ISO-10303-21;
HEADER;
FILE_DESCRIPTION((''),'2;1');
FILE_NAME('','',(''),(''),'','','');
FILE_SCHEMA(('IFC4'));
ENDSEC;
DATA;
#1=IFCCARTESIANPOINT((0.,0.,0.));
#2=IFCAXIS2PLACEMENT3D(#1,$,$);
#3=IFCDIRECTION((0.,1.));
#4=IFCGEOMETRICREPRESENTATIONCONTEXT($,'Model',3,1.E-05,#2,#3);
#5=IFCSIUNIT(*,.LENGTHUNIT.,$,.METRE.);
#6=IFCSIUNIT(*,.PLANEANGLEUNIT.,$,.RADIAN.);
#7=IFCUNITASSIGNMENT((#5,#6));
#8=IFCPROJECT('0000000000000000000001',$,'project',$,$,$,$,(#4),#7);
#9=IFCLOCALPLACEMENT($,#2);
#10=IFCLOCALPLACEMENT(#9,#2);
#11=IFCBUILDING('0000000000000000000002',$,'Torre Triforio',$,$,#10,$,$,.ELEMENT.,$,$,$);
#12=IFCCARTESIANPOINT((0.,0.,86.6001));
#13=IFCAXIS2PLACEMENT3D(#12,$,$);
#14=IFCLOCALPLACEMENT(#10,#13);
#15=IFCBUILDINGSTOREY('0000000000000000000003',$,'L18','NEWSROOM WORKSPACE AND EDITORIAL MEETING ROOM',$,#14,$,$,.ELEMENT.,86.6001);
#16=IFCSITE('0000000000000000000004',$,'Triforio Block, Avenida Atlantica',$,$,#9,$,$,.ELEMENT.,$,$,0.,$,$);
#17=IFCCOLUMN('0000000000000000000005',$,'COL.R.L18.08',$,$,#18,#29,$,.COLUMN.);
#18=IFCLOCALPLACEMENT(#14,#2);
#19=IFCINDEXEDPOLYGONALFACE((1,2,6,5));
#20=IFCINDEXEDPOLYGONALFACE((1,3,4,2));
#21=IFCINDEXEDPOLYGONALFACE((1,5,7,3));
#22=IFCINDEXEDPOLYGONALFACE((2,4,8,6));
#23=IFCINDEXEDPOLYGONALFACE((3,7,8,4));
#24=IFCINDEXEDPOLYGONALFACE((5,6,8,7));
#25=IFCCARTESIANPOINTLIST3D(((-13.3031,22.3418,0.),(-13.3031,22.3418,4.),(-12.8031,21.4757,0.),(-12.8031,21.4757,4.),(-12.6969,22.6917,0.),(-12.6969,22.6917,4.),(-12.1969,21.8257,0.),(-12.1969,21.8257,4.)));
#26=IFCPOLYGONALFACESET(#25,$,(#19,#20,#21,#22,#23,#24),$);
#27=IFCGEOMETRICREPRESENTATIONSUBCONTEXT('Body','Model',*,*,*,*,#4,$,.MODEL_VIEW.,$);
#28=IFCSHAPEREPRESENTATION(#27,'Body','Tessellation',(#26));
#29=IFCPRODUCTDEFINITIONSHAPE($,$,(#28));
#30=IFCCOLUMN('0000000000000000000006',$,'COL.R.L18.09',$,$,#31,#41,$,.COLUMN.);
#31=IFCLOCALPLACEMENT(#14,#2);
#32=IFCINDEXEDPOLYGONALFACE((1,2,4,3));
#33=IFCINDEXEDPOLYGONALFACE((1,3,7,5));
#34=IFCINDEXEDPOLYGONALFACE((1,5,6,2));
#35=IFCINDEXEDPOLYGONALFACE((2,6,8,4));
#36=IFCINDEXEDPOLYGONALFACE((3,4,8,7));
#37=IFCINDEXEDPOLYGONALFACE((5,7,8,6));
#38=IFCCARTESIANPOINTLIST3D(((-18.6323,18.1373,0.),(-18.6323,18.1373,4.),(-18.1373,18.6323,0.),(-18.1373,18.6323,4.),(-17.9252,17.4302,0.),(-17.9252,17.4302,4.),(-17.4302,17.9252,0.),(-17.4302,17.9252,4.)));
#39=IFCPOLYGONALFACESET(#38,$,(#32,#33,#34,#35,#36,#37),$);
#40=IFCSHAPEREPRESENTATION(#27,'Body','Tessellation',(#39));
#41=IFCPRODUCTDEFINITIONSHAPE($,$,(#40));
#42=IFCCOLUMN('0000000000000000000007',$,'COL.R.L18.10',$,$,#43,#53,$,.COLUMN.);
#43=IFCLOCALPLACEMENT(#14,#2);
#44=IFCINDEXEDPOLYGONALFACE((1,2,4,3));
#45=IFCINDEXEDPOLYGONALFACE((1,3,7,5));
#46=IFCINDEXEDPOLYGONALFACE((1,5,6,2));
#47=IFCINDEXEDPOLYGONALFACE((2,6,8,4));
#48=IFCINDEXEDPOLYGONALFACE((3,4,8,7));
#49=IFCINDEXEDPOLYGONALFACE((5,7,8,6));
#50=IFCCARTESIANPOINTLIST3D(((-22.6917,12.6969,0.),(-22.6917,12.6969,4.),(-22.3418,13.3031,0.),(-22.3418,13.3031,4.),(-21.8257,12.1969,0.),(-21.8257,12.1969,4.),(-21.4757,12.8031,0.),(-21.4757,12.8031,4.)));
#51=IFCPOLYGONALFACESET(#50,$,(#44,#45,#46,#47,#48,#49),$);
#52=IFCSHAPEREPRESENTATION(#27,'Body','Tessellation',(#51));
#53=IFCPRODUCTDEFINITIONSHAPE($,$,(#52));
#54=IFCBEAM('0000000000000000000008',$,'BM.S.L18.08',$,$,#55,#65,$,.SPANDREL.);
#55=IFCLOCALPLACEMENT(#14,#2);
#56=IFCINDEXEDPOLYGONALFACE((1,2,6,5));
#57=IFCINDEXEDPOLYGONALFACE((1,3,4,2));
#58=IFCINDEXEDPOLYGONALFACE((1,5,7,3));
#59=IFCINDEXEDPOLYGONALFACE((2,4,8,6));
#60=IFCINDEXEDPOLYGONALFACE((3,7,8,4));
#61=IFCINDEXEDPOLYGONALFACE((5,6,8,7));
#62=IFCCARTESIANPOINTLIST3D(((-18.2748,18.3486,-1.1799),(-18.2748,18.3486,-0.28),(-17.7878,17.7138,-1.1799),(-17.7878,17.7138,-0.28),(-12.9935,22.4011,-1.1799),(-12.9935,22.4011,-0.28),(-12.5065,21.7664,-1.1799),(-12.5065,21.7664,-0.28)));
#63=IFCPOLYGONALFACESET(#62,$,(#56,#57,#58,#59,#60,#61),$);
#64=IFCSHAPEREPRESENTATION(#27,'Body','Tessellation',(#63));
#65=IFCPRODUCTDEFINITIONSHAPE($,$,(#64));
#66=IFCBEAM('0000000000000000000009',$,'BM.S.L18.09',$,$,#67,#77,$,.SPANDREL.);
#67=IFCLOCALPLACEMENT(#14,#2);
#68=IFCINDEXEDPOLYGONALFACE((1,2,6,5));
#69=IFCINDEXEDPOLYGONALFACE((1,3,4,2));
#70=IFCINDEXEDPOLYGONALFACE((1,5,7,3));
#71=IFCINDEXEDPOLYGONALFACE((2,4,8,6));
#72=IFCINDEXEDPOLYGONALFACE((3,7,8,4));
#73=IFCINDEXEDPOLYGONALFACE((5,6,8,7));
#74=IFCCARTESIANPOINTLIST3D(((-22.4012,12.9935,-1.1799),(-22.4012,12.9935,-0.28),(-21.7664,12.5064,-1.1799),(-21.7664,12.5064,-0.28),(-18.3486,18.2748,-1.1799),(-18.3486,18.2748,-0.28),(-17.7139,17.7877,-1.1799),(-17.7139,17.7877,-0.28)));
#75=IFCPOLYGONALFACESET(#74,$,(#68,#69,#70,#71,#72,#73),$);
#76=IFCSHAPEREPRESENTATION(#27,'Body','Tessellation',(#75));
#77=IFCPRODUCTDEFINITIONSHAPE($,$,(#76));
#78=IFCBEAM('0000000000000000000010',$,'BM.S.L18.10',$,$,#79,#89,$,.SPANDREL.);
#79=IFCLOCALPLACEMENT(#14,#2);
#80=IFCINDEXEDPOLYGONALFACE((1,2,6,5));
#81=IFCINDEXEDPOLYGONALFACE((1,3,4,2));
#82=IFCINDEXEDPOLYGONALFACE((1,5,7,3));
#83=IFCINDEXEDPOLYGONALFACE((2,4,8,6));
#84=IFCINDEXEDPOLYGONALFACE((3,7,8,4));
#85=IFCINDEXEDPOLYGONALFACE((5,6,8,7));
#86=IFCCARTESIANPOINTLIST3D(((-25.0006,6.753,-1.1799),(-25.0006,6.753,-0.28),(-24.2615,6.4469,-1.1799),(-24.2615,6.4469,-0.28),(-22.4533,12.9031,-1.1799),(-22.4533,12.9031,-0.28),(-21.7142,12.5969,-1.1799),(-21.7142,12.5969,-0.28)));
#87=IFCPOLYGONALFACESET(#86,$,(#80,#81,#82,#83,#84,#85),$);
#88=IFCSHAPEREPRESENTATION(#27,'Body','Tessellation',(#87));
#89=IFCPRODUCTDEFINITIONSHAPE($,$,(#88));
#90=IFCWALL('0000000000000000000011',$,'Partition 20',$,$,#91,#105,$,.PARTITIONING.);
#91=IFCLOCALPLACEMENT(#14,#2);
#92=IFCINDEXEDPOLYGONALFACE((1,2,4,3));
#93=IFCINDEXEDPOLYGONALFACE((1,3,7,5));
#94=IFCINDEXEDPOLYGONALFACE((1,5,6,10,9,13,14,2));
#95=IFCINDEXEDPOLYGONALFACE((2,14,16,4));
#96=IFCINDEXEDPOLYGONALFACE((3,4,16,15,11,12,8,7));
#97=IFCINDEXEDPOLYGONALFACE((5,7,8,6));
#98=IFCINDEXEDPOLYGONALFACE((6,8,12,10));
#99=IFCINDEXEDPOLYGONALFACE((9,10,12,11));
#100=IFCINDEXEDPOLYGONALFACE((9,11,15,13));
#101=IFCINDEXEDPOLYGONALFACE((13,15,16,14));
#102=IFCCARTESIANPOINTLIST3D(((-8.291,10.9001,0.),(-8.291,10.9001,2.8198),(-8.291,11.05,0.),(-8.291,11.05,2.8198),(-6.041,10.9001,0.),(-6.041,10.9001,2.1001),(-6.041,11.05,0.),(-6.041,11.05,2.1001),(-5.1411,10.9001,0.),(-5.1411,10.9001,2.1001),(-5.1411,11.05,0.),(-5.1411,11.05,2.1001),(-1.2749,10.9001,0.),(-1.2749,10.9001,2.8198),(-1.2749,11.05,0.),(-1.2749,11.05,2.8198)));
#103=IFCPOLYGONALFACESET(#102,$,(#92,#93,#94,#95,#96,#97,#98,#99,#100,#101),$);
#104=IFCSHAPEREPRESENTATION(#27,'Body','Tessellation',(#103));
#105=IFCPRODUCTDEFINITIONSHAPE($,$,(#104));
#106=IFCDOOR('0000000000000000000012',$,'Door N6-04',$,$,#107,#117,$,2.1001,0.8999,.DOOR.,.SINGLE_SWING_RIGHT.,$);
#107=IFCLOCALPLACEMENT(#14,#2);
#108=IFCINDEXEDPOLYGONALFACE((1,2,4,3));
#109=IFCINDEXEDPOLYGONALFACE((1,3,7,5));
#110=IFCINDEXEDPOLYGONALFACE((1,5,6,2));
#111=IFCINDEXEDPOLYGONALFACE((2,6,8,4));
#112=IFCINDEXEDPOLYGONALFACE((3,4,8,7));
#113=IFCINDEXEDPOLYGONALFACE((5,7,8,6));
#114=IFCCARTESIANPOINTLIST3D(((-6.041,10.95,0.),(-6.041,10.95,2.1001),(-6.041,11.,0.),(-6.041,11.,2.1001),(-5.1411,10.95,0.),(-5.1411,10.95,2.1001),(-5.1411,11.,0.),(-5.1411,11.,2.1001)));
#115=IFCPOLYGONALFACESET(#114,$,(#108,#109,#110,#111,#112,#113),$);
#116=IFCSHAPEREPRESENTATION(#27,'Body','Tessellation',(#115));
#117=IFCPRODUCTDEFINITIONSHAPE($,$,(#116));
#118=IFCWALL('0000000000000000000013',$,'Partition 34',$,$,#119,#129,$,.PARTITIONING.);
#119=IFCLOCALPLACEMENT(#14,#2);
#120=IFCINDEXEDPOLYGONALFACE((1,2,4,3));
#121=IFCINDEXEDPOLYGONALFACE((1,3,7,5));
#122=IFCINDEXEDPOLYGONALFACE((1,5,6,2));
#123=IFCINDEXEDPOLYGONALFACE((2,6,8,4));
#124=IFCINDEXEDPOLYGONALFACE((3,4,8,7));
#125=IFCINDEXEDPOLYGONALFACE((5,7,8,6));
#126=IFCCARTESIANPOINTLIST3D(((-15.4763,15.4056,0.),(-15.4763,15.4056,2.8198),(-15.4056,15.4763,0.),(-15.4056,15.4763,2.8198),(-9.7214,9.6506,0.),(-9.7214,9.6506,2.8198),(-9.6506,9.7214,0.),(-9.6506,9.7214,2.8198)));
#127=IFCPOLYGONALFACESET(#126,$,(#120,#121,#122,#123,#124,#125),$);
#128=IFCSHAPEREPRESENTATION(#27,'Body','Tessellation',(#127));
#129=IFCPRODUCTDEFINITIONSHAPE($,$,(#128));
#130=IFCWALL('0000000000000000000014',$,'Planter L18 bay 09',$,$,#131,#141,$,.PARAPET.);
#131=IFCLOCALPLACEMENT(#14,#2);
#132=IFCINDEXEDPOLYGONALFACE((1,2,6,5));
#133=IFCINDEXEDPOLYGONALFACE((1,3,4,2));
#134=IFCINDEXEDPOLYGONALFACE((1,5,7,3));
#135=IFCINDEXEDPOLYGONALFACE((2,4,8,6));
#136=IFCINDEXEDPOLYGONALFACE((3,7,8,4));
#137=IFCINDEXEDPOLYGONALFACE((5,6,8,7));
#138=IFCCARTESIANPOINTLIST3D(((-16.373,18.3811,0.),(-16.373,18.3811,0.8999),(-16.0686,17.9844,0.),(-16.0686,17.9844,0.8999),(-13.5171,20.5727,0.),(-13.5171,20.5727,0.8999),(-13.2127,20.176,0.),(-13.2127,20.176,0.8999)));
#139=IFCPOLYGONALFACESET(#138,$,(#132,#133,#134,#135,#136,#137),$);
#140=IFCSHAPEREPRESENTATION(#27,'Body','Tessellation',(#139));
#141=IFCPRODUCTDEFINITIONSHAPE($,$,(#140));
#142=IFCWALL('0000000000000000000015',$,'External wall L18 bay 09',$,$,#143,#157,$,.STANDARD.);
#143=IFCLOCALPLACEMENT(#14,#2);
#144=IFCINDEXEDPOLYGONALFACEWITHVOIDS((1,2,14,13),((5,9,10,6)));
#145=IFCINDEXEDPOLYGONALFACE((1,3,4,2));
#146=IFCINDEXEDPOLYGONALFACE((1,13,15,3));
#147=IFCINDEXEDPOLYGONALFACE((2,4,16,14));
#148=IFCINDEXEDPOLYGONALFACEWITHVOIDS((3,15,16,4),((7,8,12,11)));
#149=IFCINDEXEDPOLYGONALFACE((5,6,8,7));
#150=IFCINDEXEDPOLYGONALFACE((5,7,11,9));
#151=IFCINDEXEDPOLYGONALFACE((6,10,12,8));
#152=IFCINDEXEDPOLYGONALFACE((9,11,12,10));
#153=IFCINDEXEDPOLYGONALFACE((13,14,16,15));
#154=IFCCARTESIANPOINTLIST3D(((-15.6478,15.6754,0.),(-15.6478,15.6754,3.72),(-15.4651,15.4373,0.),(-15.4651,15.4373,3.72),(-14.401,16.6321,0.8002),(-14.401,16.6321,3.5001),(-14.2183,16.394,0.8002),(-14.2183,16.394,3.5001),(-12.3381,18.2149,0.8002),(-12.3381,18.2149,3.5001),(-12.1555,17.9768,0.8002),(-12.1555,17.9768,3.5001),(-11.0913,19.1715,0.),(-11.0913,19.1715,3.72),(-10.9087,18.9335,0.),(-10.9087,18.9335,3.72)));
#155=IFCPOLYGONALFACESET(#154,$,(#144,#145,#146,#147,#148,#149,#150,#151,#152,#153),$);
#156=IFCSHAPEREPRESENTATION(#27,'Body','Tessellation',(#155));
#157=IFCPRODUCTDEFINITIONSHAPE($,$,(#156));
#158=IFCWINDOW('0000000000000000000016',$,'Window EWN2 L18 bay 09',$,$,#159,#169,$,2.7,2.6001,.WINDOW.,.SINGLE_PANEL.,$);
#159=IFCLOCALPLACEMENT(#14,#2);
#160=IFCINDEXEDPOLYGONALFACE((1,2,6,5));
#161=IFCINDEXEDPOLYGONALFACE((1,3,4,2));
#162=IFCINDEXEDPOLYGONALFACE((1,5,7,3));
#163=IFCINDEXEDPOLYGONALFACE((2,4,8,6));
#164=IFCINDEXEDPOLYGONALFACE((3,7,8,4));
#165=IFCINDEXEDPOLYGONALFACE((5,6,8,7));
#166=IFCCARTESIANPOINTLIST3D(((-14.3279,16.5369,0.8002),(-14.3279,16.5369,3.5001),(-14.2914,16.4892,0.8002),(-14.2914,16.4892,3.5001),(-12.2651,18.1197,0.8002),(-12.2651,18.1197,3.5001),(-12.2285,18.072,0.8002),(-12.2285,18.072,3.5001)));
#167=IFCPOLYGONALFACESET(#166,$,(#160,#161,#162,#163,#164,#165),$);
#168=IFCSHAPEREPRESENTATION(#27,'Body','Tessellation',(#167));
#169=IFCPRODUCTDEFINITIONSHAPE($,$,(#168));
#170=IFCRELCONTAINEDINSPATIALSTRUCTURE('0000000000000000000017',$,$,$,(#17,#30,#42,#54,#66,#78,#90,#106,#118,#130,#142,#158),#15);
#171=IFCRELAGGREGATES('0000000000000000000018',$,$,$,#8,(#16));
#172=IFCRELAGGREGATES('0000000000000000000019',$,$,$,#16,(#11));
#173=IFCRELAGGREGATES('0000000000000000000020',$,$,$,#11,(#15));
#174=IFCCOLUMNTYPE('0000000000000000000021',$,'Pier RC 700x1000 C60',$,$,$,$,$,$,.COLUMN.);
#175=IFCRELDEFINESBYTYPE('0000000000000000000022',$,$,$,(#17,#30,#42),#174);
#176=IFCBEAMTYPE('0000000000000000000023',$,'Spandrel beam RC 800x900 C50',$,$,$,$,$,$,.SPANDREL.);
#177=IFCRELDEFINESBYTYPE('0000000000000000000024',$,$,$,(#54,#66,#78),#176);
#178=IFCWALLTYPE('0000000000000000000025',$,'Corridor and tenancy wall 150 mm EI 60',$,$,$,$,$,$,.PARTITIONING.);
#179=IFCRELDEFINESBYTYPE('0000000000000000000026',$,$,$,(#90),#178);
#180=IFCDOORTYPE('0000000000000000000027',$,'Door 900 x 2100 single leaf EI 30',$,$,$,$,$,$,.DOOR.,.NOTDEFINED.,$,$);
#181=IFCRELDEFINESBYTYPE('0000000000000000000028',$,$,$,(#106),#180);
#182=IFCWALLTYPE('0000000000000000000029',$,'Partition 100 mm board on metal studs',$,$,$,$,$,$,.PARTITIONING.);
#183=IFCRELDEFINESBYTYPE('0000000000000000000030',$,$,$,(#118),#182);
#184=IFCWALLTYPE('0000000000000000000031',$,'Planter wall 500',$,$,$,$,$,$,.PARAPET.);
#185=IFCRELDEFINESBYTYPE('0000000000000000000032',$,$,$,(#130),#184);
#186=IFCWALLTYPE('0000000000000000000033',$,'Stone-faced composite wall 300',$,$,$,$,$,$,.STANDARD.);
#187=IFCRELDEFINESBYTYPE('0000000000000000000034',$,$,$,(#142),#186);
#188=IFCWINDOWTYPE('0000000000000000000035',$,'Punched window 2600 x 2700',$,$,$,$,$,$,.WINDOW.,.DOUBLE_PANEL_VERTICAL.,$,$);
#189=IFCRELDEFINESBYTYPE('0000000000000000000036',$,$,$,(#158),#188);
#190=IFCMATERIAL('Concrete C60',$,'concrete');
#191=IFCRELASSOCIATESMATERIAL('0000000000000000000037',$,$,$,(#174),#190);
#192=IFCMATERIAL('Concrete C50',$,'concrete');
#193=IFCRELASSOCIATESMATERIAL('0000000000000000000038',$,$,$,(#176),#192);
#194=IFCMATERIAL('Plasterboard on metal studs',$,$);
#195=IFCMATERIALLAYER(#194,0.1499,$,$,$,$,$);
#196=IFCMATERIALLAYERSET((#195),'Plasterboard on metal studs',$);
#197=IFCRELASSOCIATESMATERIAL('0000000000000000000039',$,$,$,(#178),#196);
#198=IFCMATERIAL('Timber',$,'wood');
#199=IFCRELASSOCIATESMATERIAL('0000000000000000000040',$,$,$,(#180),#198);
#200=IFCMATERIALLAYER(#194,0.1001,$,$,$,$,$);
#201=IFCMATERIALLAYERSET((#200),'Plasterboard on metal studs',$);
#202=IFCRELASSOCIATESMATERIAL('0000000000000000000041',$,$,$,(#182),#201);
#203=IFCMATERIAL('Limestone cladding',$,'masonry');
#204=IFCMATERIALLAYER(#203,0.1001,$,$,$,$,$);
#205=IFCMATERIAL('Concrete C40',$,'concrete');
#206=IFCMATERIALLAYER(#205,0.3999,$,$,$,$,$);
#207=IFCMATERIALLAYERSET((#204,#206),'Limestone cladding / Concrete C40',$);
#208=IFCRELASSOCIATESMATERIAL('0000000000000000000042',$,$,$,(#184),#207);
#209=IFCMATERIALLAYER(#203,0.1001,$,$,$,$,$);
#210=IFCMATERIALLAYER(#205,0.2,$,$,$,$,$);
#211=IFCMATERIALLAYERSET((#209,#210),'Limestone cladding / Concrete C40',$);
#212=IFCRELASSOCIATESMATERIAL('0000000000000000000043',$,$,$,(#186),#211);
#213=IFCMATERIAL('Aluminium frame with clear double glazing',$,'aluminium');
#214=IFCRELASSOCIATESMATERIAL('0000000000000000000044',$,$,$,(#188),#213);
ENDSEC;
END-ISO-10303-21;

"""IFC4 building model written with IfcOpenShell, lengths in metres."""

from ifc_helpers import new_model, si_unit, direction, frame, frame_2d, origin, origin_2d, place, context, subcontext, project, spatial, rectangle, extrude, material, layer, layer_set, material_profile, profile_set, type_object, element, fill, save


model = new_model("IFC4")

# Units and contexts
model_context = context("Model", 3, precision=1e-05, world=origin(), true_north=direction((0.0, 1.0)))
body_context = subcontext(model_context, "Body", "Model", "MODEL_VIEW")
ifc_project = project(units=[si_unit("LENGTHUNIT", "METRE"), si_unit("PLANEANGLEUNIT", "RADIAN")], contexts=[model_context])

# Site, building, storey
site_placement = place(None, origin())
site = spatial("IfcSite", under=ifc_project, at=site_placement, Name="Triforio Block, Avenida Atlantica", CompositionType="ELEMENT", RefElevation=0.0)
building_placement = place(site_placement, origin())
building = spatial("IfcBuilding", under=site, at=building_placement, Name="Torre Triforio", CompositionType="ELEMENT")
storey_placement = place(building_placement, frame((0.0, 0.0, 86.6001)))
storey = spatial("IfcBuildingStorey", under=building, at=storey_placement, Name="L18", Description="NEWSROOM WORKSPACE AND EDITORIAL MEETING ROOM", CompositionType="ELEMENT", Elevation=86.6001)

# Columns
ifc_material_1 = material(Name="Concrete C60", Category="concrete")
ifc_material_profile_1 = material_profile(ifc_material_1, rectangle(XDim=0.7, YDim=1.0, at=origin_2d()), Name="RC 700x1000")
ifc_profile_set_1 = profile_set([ifc_material_profile_1], Name="Concrete C60")
column_type = type_object("IfcColumnType", Name="Pier RC 700x1000 C60", PredefinedType="COLUMN", material=ifc_profile_set_1)
for number, where, z_axis, x_axis, name in (
    (1, (-12.75, 22.0837, 0.0), (0.0, 0.0, 1.0), (-0.866025, -0.5, 0.0), "COL.R.L18.08"),
    (2, (-18.0312, 18.0312, 0.0), (0.0, 0.0, 1.0), (-0.707107, -0.707107, 0.0), "COL.R.L18.09"),
    (3, (-22.0837, 12.75, 0.0), (0.0, 0.0, 1.0), (-0.5, -0.866025, 0.0), "COL.R.L18.10"),
):
    element("IfcColumn", number, at=place(storey_placement, frame(where, z_axis=z_axis, x_axis=x_axis)), inside=storey, type_object=column_type, Name=name, PredefinedType="COLUMN", context=body_context, shape_type="SweptSolid", body=[
        extrude(rectangle(XDim=0.7, YDim=1.0, at=origin_2d()), origin(), (0.0, 0.0, 1.0), 4.0),
    ])

# Beams
ifc_material_2 = material(Name="Concrete C50", Category="concrete")
ifc_material_profile_2 = material_profile(ifc_material_2, rectangle(XDim=0.8, YDim=0.8999, at=origin_2d()), Name="RC 800x900")
ifc_profile_set_2 = profile_set([ifc_material_profile_2], Name="Concrete C50")
beam_type = type_object("IfcBeamType", Name="Spandrel beam RC 800x900 C50", PredefinedType="SPANDREL", material=ifc_profile_set_2)
for number, where, z_axis, x_axis, name in (
    (4, (-12.75, 22.0837, -0.73), (-0.79335, -0.608766, 0.0), (0.608766, -0.79335, 0.0), "BM.S.L18.08"),
    (5, (-18.0312, 18.0312, -0.73), (-0.608766, -0.79335, 0.0), (0.79335, -0.608766, 0.0), "BM.S.L18.09"),
):
    element("IfcBeam", number, at=place(storey_placement, frame(where, z_axis=z_axis, x_axis=x_axis)), inside=storey, type_object=beam_type, Name=name, PredefinedType="SPANDREL", context=body_context, shape_type="SweptSolid", body=[
        extrude(rectangle(XDim=0.8, YDim=0.8999, at=origin_2d()), origin(), (0.0, 0.0, 1.0), 6.657),
    ])
beam_placement = place(storey_placement, frame((-22.0837, 12.75, -0.73), z_axis=(-0.382669, -0.923885, 0.0), x_axis=(0.923885, -0.382669, 0.0)))
element("IfcBeam", 6, at=beam_placement, inside=storey, type_object=beam_type, Name="BM.S.L18.10", PredefinedType="SPANDREL", context=body_context, shape_type="SweptSolid", body=[
    extrude(rectangle(XDim=0.8, YDim=0.8999, at=origin_2d()), origin(), (0.0, 0.0, 1.0), 6.6567),
])

# Wall, opening, door
ifc_material_3 = material(Name="Plasterboard on metal studs")
ifc_layer_1 = layer(ifc_material_3, 0.1499)
ifc_layer_set_1 = layer_set([ifc_layer_1], Name="Plasterboard on metal studs")
wall_type_1 = type_object("IfcWallType", Name="Corridor and tenancy wall 150 mm EI 60", PredefinedType="PARTITIONING", material=ifc_layer_set_1)
wall_1_placement = place(storey_placement, frame((-8.291, 10.9751, 0.0), z_axis=(0.0, 0.0, 1.0), x_axis=(1.0, 0.0, 0.0)))
wall_1 = element("IfcWall", 7, at=wall_1_placement, inside=storey, type_object=wall_type_1, Name="Partition 20", PredefinedType="PARTITIONING", context=body_context, shape_type="SweptSolid", body=[
    extrude(rectangle(XDim=7.0161, YDim=0.1499, at=frame_2d((3.5081, 0.0))), origin(), (0.0, 0.0, 1.0), 2.8198),
])
opening_1_placement = place(wall_1_placement, frame((2.25, 0.0, 0.0)))
opening_1 = element("IfcOpeningElement", 8, at=opening_1_placement, cuts=wall_1, PredefinedType="OPENING", context=body_context, shape_type="SweptSolid", body=[
    extrude(rectangle(XDim=0.8999, YDim=2.1001, at=frame_2d((0.45, 1.05))), frame((0.0, 0.085, 0.0), z_axis=(0.0, -1.0, 0.0), x_axis=(1.0, 0.0, 0.0)), (0.0, 0.0, 1.0), 0.1699),
])
ifc_material_4 = material(Name="Timber", Category="wood")
door_type_1 = type_object("IfcDoorType", Name="Door 900 x 2100 single leaf EI 30", OperationType="NOTDEFINED", PredefinedType="DOOR", material=ifc_material_4)
door_1_placement = place(opening_1_placement, origin())
door_1 = element("IfcDoor", 9, at=door_1_placement, inside=storey, type_object=door_type_1, Name="Door N6-04", OperationType="SINGLE_SWING_RIGHT", OverallHeight=2.1001, OverallWidth=0.8999, PredefinedType="DOOR", context=body_context, shape_type="SweptSolid", body=[
    extrude(rectangle(XDim=0.8999, YDim=2.1001, at=frame_2d((0.45, 1.05))), frame((0.0, 0.0249, 0.0), z_axis=(0.0, -1.0, 0.0), x_axis=(1.0, 0.0, 0.0)), (0.0, 0.0, 1.0), 0.05),
])
fill(opening_1, door_1)

# Walls
ifc_layer_2 = layer(ifc_material_3, 0.1001)
ifc_layer_set_2 = layer_set([ifc_layer_2], Name="Plasterboard on metal studs")
wall_type_2 = type_object("IfcWallType", Name="Partition 100 mm board on metal studs", PredefinedType="PARTITIONING", material=ifc_layer_set_2)
wall_2_placement = place(storey_placement, frame((-9.686, 9.686, 0.0), z_axis=(0.0, 0.0, 1.0), x_axis=(-0.707107, 0.707107, 0.0)))
element("IfcWall", 10, at=wall_2_placement, inside=storey, type_object=wall_type_2, Name="Partition 34", PredefinedType="PARTITIONING", context=body_context, shape_type="SweptSolid", body=[
    extrude(rectangle(XDim=8.1387, YDim=0.1001, at=frame_2d((4.0693, 0.0))), origin(), (0.0, 0.0, 1.0), 2.8198),
])
ifc_material_5 = material(Name="Limestone cladding", Category="masonry")
ifc_layer_3 = layer(ifc_material_5, 0.1001)
ifc_material_6 = material(Name="Concrete C40", Category="concrete")
ifc_layer_4 = layer(ifc_material_6, 0.3999)
ifc_layer_set_3 = layer_set([ifc_layer_3, ifc_layer_4], Name="Limestone cladding / Concrete C40")
wall_type_3 = type_object("IfcWallType", Name="Planter wall 500", PredefinedType="PARAPET", material=ifc_layer_set_3)
wall_3_placement = place(storey_placement, frame((-13.365, 20.3743, 0.0), z_axis=(0.0, 0.0, 1.0), x_axis=(-0.793327, -0.608796, 0.0)))
element("IfcWall", 11, at=wall_3_placement, inside=storey, type_object=wall_type_3, Name="Planter L18 bay 09", PredefinedType="PARAPET", context=body_context, shape_type="SweptSolid", body=[
    extrude(rectangle(XDim=3.5999, YDim=0.5, at=frame_2d((1.7998, 0.0))), origin(), (0.0, 0.0, 1.0), 0.8999),
])

# Wall, opening, window
ifc_layer_5 = layer(ifc_material_5, 0.1001)
ifc_layer_6 = layer(ifc_material_6, 0.2)
ifc_layer_set_4 = layer_set([ifc_layer_5, ifc_layer_6], Name="Limestone cladding / Concrete C40")
wall_type_4 = type_object("IfcWallType", Name="Stone-faced composite wall 300", PredefinedType="STANDARD", material=ifc_layer_set_4)
wall_4_placement = place(storey_placement, frame((-11.0, 19.0525, 0.0), z_axis=(0.0, 0.0, 1.0), x_axis=(-0.793366, -0.608745, 0.0)))
wall_4 = element("IfcWall", 12, at=wall_4_placement, inside=storey, type_object=wall_type_4, Name="External wall L18 bay 09", PredefinedType="STANDARD", context=body_context, shape_type="SweptSolid", body=[
    extrude(rectangle(XDim=5.7432, YDim=0.3, at=frame_2d((2.8716, 0.0))), origin(), (0.0, 0.0, 1.0), 3.72),
])
opening_2_placement = place(wall_4_placement, frame((1.5715, 0.0, 0.8)))
opening_2 = element("IfcOpeningElement", 13, at=opening_2_placement, cuts=wall_4, PredefinedType="OPENING", context=body_context, shape_type="SweptSolid", body=[
    extrude(rectangle(XDim=2.6001, YDim=2.7, at=frame_2d((1.3, 1.3501))), frame((0.0, 0.1599, 0.0), z_axis=(0.0, -1.0, 0.0), x_axis=(1.0, 0.0, 0.0)), (0.0, 0.0, 1.0), 0.3201),
])
ifc_material_7 = material(Name="Aluminium frame with clear double glazing", Category="aluminium")
window_type_1 = type_object("IfcWindowType", Name="Punched window 2600 x 2700", PartitioningType="DOUBLE_PANEL_VERTICAL", PredefinedType="WINDOW", material=ifc_material_7)
window_1_placement = place(opening_2_placement, origin())
window_1 = element("IfcWindow", 14, at=window_1_placement, inside=storey, type_object=window_type_1, Name="Window EWN2 L18 bay 09", OverallHeight=2.7, OverallWidth=2.6001, PartitioningType="SINGLE_PANEL", PredefinedType="WINDOW", context=body_context, shape_type="SweptSolid", body=[
    extrude(rectangle(XDim=2.6001, YDim=2.7, at=frame_2d((1.3, 1.3501))), frame((0.0, 0.03, 0.0), z_axis=(0.0, -1.0, 0.0), x_axis=(1.0, 0.0, 0.0)), (0.0, 0.0, 1.0), 0.0601),
])
fill(opening_2, window_1)

save(model, "model.ifc")
